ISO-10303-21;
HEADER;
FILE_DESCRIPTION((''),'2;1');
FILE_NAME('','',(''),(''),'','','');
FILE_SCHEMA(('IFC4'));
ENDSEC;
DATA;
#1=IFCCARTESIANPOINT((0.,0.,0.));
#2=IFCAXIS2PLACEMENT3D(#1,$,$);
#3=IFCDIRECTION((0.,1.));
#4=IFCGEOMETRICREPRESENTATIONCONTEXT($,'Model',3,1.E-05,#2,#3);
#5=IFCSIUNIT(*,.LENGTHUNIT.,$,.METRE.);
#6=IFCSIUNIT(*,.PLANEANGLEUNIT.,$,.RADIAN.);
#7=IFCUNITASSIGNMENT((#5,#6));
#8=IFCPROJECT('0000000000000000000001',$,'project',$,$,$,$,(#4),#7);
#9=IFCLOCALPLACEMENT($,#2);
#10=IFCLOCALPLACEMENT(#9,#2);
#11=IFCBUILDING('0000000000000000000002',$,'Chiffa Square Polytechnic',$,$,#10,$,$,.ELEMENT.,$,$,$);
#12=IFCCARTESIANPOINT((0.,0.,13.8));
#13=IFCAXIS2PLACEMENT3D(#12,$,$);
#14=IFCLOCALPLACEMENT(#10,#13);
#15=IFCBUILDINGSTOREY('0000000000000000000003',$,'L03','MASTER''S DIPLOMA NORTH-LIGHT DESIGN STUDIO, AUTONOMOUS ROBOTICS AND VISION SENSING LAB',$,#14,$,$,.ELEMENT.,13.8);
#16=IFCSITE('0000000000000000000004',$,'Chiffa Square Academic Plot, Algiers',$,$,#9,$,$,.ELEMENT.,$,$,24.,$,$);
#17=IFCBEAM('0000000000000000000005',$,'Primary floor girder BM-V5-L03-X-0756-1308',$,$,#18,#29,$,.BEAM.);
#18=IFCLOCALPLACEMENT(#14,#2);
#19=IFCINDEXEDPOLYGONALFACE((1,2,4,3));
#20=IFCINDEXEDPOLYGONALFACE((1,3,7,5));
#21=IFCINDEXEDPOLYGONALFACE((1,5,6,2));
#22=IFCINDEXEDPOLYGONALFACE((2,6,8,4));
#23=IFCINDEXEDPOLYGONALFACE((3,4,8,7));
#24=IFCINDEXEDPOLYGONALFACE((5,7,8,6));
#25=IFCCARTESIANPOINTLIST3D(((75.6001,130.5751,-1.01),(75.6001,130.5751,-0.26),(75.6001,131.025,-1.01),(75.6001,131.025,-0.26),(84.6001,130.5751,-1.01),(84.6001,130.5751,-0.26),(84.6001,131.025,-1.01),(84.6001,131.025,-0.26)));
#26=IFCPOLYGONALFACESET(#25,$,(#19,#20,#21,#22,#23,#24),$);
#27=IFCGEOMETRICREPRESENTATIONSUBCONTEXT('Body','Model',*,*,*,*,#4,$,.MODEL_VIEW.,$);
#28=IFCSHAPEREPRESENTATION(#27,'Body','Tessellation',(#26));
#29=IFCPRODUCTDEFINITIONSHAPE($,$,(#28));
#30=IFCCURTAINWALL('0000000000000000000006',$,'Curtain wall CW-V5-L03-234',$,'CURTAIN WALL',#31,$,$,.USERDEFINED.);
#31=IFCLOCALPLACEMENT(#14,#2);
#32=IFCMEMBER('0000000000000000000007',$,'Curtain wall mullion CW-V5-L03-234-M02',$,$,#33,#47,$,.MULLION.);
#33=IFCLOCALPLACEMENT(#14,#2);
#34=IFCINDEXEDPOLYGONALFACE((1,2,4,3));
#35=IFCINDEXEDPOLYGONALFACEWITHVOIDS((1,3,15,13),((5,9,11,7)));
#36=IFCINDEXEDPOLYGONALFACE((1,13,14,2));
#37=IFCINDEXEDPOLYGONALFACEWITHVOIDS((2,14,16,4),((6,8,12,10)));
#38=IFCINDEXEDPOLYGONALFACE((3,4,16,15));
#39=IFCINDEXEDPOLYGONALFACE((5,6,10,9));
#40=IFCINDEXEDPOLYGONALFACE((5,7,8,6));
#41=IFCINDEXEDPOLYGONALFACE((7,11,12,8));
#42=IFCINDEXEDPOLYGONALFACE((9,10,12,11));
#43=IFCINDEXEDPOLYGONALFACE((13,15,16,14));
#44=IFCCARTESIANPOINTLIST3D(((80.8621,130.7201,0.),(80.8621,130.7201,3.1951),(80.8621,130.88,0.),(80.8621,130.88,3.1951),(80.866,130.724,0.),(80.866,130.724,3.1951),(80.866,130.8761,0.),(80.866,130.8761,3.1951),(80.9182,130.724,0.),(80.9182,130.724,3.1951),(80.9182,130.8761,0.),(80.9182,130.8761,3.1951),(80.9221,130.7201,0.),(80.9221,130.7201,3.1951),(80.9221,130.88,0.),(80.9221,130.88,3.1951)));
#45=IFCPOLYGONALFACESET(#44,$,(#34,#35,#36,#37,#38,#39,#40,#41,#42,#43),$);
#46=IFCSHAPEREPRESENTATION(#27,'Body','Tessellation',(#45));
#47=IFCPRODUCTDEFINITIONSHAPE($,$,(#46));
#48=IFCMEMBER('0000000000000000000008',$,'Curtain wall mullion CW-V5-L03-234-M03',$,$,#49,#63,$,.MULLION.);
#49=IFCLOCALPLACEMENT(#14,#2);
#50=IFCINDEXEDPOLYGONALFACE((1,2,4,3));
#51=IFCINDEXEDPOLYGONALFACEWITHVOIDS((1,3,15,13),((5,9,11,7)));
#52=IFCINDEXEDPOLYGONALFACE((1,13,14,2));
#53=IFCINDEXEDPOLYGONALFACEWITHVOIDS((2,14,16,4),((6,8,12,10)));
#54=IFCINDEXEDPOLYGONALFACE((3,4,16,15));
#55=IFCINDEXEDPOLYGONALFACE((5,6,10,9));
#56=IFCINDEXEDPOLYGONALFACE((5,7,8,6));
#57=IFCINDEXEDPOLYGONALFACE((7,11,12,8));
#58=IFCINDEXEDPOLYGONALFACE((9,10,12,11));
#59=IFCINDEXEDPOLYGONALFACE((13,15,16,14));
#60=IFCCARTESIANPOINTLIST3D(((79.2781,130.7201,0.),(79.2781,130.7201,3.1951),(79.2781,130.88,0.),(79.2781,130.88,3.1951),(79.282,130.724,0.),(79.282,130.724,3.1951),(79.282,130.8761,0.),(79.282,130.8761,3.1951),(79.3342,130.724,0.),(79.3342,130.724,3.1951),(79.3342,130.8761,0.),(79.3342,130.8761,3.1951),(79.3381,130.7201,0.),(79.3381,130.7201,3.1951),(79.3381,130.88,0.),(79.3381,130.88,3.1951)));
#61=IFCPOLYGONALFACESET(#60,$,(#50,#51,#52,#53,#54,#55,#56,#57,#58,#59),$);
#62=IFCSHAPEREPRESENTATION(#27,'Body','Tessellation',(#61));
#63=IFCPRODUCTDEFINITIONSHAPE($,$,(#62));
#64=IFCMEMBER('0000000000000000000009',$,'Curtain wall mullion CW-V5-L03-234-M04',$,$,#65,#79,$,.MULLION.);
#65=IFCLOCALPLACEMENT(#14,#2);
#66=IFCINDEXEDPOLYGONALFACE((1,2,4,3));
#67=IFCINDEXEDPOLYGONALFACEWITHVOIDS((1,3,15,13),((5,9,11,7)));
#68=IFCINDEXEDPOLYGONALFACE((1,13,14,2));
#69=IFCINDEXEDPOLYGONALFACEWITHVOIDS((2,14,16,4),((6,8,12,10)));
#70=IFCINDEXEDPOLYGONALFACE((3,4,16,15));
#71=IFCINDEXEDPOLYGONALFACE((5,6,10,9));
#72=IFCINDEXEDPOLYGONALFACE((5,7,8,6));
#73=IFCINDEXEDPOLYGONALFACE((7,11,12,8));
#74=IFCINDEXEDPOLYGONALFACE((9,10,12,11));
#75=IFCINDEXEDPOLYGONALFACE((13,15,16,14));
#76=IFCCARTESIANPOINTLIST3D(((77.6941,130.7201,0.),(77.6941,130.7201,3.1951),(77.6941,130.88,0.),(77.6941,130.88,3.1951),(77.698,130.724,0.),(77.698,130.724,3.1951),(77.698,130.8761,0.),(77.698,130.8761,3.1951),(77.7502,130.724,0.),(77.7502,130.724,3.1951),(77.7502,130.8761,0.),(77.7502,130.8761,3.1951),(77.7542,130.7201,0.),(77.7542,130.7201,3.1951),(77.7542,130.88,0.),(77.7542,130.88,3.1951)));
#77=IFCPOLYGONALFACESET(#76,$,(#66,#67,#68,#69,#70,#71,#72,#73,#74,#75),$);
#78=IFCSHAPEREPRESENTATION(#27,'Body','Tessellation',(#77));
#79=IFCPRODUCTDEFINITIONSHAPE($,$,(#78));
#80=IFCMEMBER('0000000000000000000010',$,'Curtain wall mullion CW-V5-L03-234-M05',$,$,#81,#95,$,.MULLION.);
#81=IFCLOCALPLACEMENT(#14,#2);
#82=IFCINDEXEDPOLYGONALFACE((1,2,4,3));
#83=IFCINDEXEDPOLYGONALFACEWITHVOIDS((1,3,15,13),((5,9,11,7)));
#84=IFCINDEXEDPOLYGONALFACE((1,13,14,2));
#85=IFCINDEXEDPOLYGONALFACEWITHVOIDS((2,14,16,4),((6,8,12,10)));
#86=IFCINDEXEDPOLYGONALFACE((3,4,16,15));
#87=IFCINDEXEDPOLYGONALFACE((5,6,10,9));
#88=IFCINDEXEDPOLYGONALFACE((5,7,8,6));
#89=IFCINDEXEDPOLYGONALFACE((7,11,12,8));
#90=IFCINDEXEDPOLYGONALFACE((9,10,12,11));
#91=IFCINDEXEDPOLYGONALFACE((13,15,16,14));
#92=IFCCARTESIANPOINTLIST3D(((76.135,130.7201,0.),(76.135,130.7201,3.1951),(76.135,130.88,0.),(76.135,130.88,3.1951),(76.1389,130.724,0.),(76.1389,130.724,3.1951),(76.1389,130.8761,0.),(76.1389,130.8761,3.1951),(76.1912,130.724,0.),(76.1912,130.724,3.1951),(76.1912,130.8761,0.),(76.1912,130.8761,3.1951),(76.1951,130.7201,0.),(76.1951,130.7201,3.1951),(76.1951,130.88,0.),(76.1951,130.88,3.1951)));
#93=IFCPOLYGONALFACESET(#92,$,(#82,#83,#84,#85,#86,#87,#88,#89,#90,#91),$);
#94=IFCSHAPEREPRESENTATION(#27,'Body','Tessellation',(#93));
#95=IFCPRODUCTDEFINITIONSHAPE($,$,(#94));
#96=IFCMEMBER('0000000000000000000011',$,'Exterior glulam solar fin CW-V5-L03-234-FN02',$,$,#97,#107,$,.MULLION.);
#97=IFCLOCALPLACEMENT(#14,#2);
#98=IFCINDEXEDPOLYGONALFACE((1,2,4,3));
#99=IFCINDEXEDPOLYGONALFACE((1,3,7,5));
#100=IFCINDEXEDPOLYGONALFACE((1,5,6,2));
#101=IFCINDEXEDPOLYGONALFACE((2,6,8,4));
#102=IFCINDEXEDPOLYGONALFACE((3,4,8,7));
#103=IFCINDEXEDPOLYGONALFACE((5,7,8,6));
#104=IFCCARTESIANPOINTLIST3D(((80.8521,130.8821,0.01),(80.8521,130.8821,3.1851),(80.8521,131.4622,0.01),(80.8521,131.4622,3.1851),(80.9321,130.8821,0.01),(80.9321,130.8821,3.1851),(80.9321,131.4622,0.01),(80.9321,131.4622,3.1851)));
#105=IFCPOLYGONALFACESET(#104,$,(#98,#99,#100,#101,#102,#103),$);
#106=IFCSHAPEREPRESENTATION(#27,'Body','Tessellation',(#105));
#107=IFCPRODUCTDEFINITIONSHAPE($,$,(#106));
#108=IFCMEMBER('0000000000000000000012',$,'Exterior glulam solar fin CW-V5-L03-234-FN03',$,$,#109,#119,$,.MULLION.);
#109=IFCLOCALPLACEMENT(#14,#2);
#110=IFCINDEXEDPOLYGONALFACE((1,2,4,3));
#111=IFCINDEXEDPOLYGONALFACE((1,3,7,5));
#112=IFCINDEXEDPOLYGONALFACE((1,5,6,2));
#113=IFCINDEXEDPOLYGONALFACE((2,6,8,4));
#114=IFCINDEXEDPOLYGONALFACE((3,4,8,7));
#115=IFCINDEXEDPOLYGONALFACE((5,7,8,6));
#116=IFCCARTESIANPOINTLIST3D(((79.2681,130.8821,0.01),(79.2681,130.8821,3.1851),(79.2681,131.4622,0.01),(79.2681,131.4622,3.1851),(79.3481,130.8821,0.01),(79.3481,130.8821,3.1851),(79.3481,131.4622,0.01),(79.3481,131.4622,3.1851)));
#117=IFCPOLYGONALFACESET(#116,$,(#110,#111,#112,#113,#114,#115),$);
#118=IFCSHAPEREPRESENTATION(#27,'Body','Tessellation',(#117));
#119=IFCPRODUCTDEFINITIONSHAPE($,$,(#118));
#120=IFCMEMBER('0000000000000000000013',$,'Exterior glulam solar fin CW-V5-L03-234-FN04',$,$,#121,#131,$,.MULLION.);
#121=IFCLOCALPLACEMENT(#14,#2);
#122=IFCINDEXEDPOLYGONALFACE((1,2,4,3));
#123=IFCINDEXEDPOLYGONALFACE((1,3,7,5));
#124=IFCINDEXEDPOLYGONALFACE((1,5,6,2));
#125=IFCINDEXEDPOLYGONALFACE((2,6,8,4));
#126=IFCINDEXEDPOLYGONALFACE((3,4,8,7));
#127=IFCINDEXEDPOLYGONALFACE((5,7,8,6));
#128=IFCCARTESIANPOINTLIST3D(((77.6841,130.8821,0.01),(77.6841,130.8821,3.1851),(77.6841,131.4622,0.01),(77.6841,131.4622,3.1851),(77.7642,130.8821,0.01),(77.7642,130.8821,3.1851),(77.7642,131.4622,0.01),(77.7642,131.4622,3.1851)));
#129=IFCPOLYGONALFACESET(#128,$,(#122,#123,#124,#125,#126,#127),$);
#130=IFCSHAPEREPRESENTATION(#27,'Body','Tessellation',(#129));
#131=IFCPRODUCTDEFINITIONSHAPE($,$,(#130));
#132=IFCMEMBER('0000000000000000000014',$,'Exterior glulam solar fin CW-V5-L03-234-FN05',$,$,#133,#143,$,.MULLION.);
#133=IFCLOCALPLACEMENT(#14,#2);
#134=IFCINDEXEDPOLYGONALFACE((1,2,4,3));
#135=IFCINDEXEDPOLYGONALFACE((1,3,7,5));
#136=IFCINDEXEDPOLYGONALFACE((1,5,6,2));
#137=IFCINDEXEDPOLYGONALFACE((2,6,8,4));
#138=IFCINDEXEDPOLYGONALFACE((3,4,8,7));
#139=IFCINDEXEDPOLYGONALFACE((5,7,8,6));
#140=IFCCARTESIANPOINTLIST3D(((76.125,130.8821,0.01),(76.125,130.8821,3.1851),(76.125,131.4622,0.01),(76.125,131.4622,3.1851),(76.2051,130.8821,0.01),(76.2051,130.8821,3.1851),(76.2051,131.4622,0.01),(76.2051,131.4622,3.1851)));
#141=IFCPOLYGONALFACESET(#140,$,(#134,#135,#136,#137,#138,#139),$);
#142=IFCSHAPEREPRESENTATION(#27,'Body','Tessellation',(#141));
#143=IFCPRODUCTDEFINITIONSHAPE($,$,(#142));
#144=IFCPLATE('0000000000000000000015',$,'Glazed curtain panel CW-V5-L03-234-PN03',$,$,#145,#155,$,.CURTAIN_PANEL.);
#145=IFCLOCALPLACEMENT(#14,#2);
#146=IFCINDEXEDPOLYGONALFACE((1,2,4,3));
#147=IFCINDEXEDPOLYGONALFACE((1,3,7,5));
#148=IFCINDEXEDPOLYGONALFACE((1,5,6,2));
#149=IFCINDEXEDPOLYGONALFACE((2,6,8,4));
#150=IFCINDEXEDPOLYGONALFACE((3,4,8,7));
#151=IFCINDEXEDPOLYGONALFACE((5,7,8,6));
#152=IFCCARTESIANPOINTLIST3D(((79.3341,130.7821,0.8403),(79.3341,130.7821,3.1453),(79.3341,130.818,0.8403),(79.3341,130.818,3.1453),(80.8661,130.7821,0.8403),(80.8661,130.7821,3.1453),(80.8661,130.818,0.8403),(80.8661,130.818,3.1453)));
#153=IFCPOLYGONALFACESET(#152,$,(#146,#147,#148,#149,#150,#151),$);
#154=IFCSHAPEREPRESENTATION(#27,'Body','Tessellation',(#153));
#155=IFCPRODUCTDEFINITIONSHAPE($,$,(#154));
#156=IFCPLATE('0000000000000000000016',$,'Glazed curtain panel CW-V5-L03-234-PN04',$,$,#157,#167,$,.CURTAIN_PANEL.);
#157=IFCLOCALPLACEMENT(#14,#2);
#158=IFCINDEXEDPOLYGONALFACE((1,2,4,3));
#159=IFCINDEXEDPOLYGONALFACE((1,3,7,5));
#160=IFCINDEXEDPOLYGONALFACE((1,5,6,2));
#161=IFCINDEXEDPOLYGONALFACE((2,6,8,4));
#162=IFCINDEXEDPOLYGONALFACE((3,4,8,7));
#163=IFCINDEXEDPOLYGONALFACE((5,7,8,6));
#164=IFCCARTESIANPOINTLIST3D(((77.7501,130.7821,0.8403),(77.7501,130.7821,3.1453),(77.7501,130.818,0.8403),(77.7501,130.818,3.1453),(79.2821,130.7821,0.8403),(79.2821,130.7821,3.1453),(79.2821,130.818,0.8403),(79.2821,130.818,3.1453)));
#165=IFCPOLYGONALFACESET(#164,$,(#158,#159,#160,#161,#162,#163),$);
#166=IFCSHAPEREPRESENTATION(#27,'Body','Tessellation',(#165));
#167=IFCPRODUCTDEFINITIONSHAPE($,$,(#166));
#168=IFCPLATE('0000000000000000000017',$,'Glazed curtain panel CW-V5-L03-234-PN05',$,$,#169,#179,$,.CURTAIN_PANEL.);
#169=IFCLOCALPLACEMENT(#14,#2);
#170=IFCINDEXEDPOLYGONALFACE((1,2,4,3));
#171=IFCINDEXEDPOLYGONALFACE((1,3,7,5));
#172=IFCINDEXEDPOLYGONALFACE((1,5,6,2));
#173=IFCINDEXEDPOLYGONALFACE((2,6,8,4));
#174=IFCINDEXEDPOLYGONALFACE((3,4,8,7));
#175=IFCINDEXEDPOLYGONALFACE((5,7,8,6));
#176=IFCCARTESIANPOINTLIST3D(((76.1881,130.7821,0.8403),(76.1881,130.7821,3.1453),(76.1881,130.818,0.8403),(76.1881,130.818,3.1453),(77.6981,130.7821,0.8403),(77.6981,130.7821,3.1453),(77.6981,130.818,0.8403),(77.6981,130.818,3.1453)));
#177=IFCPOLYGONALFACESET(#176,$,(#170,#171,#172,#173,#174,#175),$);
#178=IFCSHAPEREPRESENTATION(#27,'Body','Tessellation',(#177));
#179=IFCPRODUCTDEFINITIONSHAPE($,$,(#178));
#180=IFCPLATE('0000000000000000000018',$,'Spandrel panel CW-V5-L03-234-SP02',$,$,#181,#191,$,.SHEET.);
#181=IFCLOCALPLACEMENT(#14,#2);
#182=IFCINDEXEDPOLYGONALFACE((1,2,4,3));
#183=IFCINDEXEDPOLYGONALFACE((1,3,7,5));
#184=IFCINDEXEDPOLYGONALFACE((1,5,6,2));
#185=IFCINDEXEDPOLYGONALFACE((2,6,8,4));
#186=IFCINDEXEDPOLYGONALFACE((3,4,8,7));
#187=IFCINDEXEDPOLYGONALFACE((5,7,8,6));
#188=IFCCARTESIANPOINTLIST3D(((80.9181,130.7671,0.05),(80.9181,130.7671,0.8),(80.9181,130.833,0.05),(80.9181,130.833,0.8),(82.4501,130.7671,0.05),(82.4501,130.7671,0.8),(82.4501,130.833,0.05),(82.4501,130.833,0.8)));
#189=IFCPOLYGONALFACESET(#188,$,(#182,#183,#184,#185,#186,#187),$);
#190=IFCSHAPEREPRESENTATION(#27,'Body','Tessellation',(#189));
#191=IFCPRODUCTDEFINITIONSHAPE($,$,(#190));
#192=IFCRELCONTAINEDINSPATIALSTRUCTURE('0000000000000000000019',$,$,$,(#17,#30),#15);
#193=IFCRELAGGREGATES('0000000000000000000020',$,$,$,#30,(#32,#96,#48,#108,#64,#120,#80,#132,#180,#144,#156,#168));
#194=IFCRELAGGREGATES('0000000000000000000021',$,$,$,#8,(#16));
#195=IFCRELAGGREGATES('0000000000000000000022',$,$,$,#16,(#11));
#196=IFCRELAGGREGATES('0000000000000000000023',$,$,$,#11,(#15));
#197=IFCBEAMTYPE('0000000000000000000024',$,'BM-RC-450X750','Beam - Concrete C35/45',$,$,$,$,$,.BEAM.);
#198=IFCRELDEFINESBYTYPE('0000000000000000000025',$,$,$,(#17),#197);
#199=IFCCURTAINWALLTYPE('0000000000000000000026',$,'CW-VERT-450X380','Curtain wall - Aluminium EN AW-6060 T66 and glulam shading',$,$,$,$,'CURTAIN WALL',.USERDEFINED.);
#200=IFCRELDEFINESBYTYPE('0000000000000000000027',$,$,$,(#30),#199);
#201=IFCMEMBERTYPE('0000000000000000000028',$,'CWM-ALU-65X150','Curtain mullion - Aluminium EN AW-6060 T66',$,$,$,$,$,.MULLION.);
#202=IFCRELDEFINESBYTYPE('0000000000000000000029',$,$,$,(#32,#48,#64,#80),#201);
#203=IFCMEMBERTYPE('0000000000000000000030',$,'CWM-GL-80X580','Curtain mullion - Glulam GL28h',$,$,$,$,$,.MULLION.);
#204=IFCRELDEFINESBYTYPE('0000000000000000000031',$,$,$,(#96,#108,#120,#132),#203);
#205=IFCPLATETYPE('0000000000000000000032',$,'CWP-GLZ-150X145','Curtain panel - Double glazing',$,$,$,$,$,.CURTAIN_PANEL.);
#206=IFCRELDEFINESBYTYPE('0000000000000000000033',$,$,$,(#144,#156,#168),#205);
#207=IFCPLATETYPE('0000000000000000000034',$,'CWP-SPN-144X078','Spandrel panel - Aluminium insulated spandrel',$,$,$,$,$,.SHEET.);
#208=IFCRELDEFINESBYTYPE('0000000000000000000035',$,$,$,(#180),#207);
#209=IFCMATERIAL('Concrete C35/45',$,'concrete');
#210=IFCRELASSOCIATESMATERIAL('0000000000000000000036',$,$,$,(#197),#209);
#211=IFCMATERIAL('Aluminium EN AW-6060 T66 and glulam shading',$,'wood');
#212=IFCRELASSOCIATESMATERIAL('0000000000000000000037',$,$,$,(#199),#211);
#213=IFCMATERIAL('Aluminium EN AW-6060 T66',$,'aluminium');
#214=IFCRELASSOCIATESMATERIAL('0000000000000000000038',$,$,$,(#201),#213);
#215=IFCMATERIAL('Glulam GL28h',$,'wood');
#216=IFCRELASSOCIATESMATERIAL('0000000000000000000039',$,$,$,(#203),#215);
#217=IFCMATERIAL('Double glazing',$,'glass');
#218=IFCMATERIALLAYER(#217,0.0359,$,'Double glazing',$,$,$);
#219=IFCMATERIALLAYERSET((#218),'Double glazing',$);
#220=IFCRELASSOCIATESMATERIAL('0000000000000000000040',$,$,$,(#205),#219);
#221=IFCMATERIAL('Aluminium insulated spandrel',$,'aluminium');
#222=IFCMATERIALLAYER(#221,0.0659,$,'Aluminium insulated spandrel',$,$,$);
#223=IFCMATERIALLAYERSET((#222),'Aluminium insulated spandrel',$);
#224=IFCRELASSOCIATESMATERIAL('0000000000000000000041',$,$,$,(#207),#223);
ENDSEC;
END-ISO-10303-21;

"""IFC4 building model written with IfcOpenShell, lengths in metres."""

from ifc_helpers import new_model, si_unit, direction, frame, origin, origin_2d, place, context, subcontext, project, spatial, rectangle, hollow_rectangle, extrude, material, layer, layer_set, material_profile, profile_set, type_object, element, aggregate, save


model = new_model("IFC4")

# Units and contexts
model_context = context("Model", 3, precision=1e-05, world=origin(), true_north=direction((0.0, 1.0)))
body_context = subcontext(model_context, "Body", "Model", "MODEL_VIEW")
ifc_project = project(units=[si_unit("LENGTHUNIT", "METRE"), si_unit("PLANEANGLEUNIT", "RADIAN")], contexts=[model_context])

# Site, building, storey
site_placement = place(None, origin())
site = spatial("IfcSite", under=ifc_project, at=site_placement, Name="Chiffa Square Academic Plot, Algiers", CompositionType="ELEMENT", RefElevation=24.0)
building_placement = place(site_placement, origin())
building = spatial("IfcBuilding", under=site, at=building_placement, Name="Chiffa Square Polytechnic", CompositionType="ELEMENT")
storey_placement = place(building_placement, frame((0.0, 0.0, 13.8)))
storey = spatial("IfcBuildingStorey", under=building, at=storey_placement, Name="L03", Description="MASTER'S DIPLOMA NORTH-LIGHT DESIGN STUDIO, AUTONOMOUS ROBOTICS AND VISION SENSING LAB", CompositionType="ELEMENT", Elevation=13.8)

# Beam
ifc_material_1 = material(Name="Concrete C35/45", Category="concrete")
ifc_material_profile_1 = material_profile(ifc_material_1, rectangle(XDim=0.45, YDim=0.75, at=origin_2d()), Name="RC 450x750")
ifc_profile_set_1 = profile_set([ifc_material_profile_1], Name="Concrete C35/45")
beam_type = type_object("IfcBeamType", Name="BM-RC-450X750", Description="Beam - Concrete C35/45", PredefinedType="BEAM", material=ifc_profile_set_1)
beam_placement = place(storey_placement, frame((75.6001, 130.8, -0.635), z_axis=(1.0, 0.0, 0.0), x_axis=(0.0, 1.0, 0.0)))
element("IfcBeam", 1, at=beam_placement, inside=storey, type_object=beam_type, Name="Primary floor girder BM-V5-L03-X-0756-1308", PredefinedType="BEAM", context=body_context, shape_type="SweptSolid", body=[
    extrude(rectangle(XDim=0.45, YDim=0.75, at=origin_2d()), origin(), (0.0, 0.0, 1.0), 9.0),
])

# Curtain wall, members, plates
ifc_material_2 = material(Name="Aluminium EN AW-6060 T66 and glulam shading", Category="wood")
curtain_wall_type = type_object("IfcCurtainWallType", Name="CW-VERT-450X380", Description="Curtain wall - Aluminium EN AW-6060 T66 and glulam shading", ElementType="CURTAIN WALL", PredefinedType="USERDEFINED", material=ifc_material_2)
curtain_wall_placement = place(storey_placement, origin())
curtain_wall = element("IfcCurtainWall", 2, at=curtain_wall_placement, inside=storey, type_object=curtain_wall_type, Name="Curtain wall CW-V5-L03-234", ObjectType="CURTAIN WALL", PredefinedType="USERDEFINED")
ifc_material_3 = material(Name="Aluminium EN AW-6060 T66", Category="aluminium")
ifc_material_profile_2 = material_profile(ifc_material_3, hollow_rectangle(XDim=0.0601, YDim=0.1599, WallThickness=0.0039, at=origin_2d()), Name="ALU 60x160x4")
ifc_profile_set_2 = profile_set([ifc_material_profile_2], Name="Aluminium EN AW-6060 T66")
member_type_1 = type_object("IfcMemberType", Name="CWM-ALU-65X150", Description="Curtain mullion - Aluminium EN AW-6060 T66", PredefinedType="MULLION", material=ifc_profile_set_2)
member_1_placement = place(storey_placement, frame((80.8921, 130.8, 0.0), z_axis=(0.0, 0.0, 1.0), x_axis=(1.0, 0.0, 0.0)))
member_1 = element("IfcMember", 3, at=member_1_placement, type_object=member_type_1, Name="Curtain wall mullion CW-V5-L03-234-M02", PredefinedType="MULLION", context=body_context, shape_type="SweptSolid", body=[
    extrude(hollow_rectangle(XDim=0.0601, YDim=0.1599, WallThickness=0.0039, at=origin_2d()), origin(), (0.0, 0.0, 1.0), 3.1951),
])
member_2_placement = place(storey_placement, frame((79.3081, 130.8, 0.0), z_axis=(0.0, 0.0, 1.0), x_axis=(1.0, 0.0, 0.0)))
member_2 = element("IfcMember", 4, at=member_2_placement, type_object=member_type_1, Name="Curtain wall mullion CW-V5-L03-234-M03", PredefinedType="MULLION", context=body_context, shape_type="SweptSolid", body=[
    extrude(hollow_rectangle(XDim=0.0601, YDim=0.1599, WallThickness=0.0039, at=origin_2d()), origin(), (0.0, 0.0, 1.0), 3.1951),
])
member_3_placement = place(storey_placement, frame((77.7241, 130.8, 0.0), z_axis=(0.0, 0.0, 1.0), x_axis=(1.0, 0.0, 0.0)))
member_3 = element("IfcMember", 5, at=member_3_placement, type_object=member_type_1, Name="Curtain wall mullion CW-V5-L03-234-M04", PredefinedType="MULLION", context=body_context, shape_type="SweptSolid", body=[
    extrude(hollow_rectangle(XDim=0.0601, YDim=0.1599, WallThickness=0.0039, at=origin_2d()), origin(), (0.0, 0.0, 1.0), 3.1951),
])
member_4_placement = place(storey_placement, frame((76.165, 130.8, 0.0), z_axis=(0.0, 0.0, 1.0), x_axis=(1.0, 0.0, 0.0)))
member_4 = element("IfcMember", 6, at=member_4_placement, type_object=member_type_1, Name="Curtain wall mullion CW-V5-L03-234-M05", PredefinedType="MULLION", context=body_context, shape_type="SweptSolid", body=[
    extrude(hollow_rectangle(XDim=0.0601, YDim=0.1599, WallThickness=0.0039, at=origin_2d()), origin(), (0.0, 0.0, 1.0), 3.1951),
])
ifc_material_4 = material(Name="Glulam GL28h", Category="wood")
ifc_material_profile_3 = material_profile(ifc_material_4, rectangle(XDim=0.0801, YDim=0.5801, at=origin_2d()), Name="GL28h 80x580")
ifc_profile_set_3 = profile_set([ifc_material_profile_3], Name="Glulam GL28h")
member_type_2 = type_object("IfcMemberType", Name="CWM-GL-80X580", Description="Curtain mullion - Glulam GL28h", PredefinedType="MULLION", material=ifc_profile_set_3)
member_5_placement = place(storey_placement, frame((80.8921, 131.1721, 0.01), z_axis=(0.0, 0.0, 1.0), x_axis=(-1.0, 0.0, 0.0)))
member_5 = element("IfcMember", 7, at=member_5_placement, type_object=member_type_2, Name="Exterior glulam solar fin CW-V5-L03-234-FN02", PredefinedType="MULLION", context=body_context, shape_type="SweptSolid", body=[
    extrude(rectangle(XDim=0.0801, YDim=0.5801, at=origin_2d()), origin(), (0.0, 0.0, 1.0), 3.175),
])
member_6_placement = place(storey_placement, frame((79.3081, 131.1721, 0.01), z_axis=(0.0, 0.0, 1.0), x_axis=(-1.0, 0.0, 0.0)))
member_6 = element("IfcMember", 8, at=member_6_placement, type_object=member_type_2, Name="Exterior glulam solar fin CW-V5-L03-234-FN03", PredefinedType="MULLION", context=body_context, shape_type="SweptSolid", body=[
    extrude(rectangle(XDim=0.0801, YDim=0.5801, at=origin_2d()), origin(), (0.0, 0.0, 1.0), 3.175),
])
member_7_placement = place(storey_placement, frame((77.7241, 131.1721, 0.01), z_axis=(0.0, 0.0, 1.0), x_axis=(-1.0, 0.0, 0.0)))
member_7 = element("IfcMember", 9, at=member_7_placement, type_object=member_type_2, Name="Exterior glulam solar fin CW-V5-L03-234-FN04", PredefinedType="MULLION", context=body_context, shape_type="SweptSolid", body=[
    extrude(rectangle(XDim=0.0801, YDim=0.5801, at=origin_2d()), origin(), (0.0, 0.0, 1.0), 3.175),
])
member_8_placement = place(storey_placement, frame((76.165, 131.1721, 0.01), z_axis=(0.0, 0.0, 1.0), x_axis=(-1.0, 0.0, 0.0)))
member_8 = element("IfcMember", 10, at=member_8_placement, type_object=member_type_2, Name="Exterior glulam solar fin CW-V5-L03-234-FN05", PredefinedType="MULLION", context=body_context, shape_type="SweptSolid", body=[
    extrude(rectangle(XDim=0.0801, YDim=0.5801, at=origin_2d()), origin(), (0.0, 0.0, 1.0), 3.175),
])
ifc_material_5 = material(Name="Double glazing", Category="glass")
ifc_layer_1 = layer(ifc_material_5, 0.0359, Name="Double glazing")
ifc_layer_set_1 = layer_set([ifc_layer_1], Name="Double glazing")
plate_type_1 = type_object("IfcPlateType", Name="CWP-GLZ-150X145", Description="Curtain panel - Double glazing", PredefinedType="CURTAIN_PANEL", material=ifc_layer_set_1)
plate_1_placement = place(storey_placement, frame((80.1001, 130.8, 0.8403), z_axis=(0.0, 0.0, 1.0), x_axis=(-1.0, 0.0, 0.0)))
plate_1 = element("IfcPlate", 11, at=plate_1_placement, type_object=plate_type_1, Name="Glazed curtain panel CW-V5-L03-234-PN03", PredefinedType="CURTAIN_PANEL", context=body_context, shape_type="SweptSolid", body=[
    extrude(rectangle(XDim=1.532, YDim=0.0359, at=origin_2d()), origin(), (0.0, 0.0, 1.0), 2.3049),
])
plate_2_placement = place(storey_placement, frame((78.5161, 130.8, 0.8403), z_axis=(0.0, 0.0, 1.0), x_axis=(-1.0, 0.0, 0.0)))
plate_2 = element("IfcPlate", 12, at=plate_2_placement, type_object=plate_type_1, Name="Glazed curtain panel CW-V5-L03-234-PN04", PredefinedType="CURTAIN_PANEL", context=body_context, shape_type="SweptSolid", body=[
    extrude(rectangle(XDim=1.532, YDim=0.0359, at=origin_2d()), origin(), (0.0, 0.0, 1.0), 2.3049),
])
plate_3_placement = place(storey_placement, frame((76.9431, 130.8, 0.8403), z_axis=(0.0, 0.0, 1.0), x_axis=(-1.0, 0.0, 0.0)))
plate_3 = element("IfcPlate", 13, at=plate_3_placement, type_object=plate_type_1, Name="Glazed curtain panel CW-V5-L03-234-PN05", PredefinedType="CURTAIN_PANEL", context=body_context, shape_type="SweptSolid", body=[
    extrude(rectangle(XDim=1.51, YDim=0.0359, at=origin_2d()), origin(), (0.0, 0.0, 1.0), 2.3049),
])
ifc_material_6 = material(Name="Aluminium insulated spandrel", Category="aluminium")
ifc_layer_2 = layer(ifc_material_6, 0.0659, Name="Aluminium insulated spandrel")
ifc_layer_set_2 = layer_set([ifc_layer_2], Name="Aluminium insulated spandrel")
plate_type_2 = type_object("IfcPlateType", Name="CWP-SPN-144X078", Description="Spandrel panel - Aluminium insulated spandrel", PredefinedType="SHEET", material=ifc_layer_set_2)
plate_4_placement = place(storey_placement, frame((81.6841, 130.8, 0.05), z_axis=(0.0, 0.0, 1.0), x_axis=(-1.0, 0.0, 0.0)))
plate_4 = element("IfcPlate", 14, at=plate_4_placement, type_object=plate_type_2, Name="Spandrel panel CW-V5-L03-234-SP02", PredefinedType="SHEET", context=body_context, shape_type="SweptSolid", body=[
    extrude(rectangle(XDim=1.532, YDim=0.0659, at=origin_2d()), origin(), (0.0, 0.0, 1.0), 0.75),
])
aggregate(curtain_wall, [member_1, member_5, member_2, member_6, member_3, member_7, member_4, member_8, plate_4, plate_1, plate_2, plate_3])

save(model, "model.ifc")
